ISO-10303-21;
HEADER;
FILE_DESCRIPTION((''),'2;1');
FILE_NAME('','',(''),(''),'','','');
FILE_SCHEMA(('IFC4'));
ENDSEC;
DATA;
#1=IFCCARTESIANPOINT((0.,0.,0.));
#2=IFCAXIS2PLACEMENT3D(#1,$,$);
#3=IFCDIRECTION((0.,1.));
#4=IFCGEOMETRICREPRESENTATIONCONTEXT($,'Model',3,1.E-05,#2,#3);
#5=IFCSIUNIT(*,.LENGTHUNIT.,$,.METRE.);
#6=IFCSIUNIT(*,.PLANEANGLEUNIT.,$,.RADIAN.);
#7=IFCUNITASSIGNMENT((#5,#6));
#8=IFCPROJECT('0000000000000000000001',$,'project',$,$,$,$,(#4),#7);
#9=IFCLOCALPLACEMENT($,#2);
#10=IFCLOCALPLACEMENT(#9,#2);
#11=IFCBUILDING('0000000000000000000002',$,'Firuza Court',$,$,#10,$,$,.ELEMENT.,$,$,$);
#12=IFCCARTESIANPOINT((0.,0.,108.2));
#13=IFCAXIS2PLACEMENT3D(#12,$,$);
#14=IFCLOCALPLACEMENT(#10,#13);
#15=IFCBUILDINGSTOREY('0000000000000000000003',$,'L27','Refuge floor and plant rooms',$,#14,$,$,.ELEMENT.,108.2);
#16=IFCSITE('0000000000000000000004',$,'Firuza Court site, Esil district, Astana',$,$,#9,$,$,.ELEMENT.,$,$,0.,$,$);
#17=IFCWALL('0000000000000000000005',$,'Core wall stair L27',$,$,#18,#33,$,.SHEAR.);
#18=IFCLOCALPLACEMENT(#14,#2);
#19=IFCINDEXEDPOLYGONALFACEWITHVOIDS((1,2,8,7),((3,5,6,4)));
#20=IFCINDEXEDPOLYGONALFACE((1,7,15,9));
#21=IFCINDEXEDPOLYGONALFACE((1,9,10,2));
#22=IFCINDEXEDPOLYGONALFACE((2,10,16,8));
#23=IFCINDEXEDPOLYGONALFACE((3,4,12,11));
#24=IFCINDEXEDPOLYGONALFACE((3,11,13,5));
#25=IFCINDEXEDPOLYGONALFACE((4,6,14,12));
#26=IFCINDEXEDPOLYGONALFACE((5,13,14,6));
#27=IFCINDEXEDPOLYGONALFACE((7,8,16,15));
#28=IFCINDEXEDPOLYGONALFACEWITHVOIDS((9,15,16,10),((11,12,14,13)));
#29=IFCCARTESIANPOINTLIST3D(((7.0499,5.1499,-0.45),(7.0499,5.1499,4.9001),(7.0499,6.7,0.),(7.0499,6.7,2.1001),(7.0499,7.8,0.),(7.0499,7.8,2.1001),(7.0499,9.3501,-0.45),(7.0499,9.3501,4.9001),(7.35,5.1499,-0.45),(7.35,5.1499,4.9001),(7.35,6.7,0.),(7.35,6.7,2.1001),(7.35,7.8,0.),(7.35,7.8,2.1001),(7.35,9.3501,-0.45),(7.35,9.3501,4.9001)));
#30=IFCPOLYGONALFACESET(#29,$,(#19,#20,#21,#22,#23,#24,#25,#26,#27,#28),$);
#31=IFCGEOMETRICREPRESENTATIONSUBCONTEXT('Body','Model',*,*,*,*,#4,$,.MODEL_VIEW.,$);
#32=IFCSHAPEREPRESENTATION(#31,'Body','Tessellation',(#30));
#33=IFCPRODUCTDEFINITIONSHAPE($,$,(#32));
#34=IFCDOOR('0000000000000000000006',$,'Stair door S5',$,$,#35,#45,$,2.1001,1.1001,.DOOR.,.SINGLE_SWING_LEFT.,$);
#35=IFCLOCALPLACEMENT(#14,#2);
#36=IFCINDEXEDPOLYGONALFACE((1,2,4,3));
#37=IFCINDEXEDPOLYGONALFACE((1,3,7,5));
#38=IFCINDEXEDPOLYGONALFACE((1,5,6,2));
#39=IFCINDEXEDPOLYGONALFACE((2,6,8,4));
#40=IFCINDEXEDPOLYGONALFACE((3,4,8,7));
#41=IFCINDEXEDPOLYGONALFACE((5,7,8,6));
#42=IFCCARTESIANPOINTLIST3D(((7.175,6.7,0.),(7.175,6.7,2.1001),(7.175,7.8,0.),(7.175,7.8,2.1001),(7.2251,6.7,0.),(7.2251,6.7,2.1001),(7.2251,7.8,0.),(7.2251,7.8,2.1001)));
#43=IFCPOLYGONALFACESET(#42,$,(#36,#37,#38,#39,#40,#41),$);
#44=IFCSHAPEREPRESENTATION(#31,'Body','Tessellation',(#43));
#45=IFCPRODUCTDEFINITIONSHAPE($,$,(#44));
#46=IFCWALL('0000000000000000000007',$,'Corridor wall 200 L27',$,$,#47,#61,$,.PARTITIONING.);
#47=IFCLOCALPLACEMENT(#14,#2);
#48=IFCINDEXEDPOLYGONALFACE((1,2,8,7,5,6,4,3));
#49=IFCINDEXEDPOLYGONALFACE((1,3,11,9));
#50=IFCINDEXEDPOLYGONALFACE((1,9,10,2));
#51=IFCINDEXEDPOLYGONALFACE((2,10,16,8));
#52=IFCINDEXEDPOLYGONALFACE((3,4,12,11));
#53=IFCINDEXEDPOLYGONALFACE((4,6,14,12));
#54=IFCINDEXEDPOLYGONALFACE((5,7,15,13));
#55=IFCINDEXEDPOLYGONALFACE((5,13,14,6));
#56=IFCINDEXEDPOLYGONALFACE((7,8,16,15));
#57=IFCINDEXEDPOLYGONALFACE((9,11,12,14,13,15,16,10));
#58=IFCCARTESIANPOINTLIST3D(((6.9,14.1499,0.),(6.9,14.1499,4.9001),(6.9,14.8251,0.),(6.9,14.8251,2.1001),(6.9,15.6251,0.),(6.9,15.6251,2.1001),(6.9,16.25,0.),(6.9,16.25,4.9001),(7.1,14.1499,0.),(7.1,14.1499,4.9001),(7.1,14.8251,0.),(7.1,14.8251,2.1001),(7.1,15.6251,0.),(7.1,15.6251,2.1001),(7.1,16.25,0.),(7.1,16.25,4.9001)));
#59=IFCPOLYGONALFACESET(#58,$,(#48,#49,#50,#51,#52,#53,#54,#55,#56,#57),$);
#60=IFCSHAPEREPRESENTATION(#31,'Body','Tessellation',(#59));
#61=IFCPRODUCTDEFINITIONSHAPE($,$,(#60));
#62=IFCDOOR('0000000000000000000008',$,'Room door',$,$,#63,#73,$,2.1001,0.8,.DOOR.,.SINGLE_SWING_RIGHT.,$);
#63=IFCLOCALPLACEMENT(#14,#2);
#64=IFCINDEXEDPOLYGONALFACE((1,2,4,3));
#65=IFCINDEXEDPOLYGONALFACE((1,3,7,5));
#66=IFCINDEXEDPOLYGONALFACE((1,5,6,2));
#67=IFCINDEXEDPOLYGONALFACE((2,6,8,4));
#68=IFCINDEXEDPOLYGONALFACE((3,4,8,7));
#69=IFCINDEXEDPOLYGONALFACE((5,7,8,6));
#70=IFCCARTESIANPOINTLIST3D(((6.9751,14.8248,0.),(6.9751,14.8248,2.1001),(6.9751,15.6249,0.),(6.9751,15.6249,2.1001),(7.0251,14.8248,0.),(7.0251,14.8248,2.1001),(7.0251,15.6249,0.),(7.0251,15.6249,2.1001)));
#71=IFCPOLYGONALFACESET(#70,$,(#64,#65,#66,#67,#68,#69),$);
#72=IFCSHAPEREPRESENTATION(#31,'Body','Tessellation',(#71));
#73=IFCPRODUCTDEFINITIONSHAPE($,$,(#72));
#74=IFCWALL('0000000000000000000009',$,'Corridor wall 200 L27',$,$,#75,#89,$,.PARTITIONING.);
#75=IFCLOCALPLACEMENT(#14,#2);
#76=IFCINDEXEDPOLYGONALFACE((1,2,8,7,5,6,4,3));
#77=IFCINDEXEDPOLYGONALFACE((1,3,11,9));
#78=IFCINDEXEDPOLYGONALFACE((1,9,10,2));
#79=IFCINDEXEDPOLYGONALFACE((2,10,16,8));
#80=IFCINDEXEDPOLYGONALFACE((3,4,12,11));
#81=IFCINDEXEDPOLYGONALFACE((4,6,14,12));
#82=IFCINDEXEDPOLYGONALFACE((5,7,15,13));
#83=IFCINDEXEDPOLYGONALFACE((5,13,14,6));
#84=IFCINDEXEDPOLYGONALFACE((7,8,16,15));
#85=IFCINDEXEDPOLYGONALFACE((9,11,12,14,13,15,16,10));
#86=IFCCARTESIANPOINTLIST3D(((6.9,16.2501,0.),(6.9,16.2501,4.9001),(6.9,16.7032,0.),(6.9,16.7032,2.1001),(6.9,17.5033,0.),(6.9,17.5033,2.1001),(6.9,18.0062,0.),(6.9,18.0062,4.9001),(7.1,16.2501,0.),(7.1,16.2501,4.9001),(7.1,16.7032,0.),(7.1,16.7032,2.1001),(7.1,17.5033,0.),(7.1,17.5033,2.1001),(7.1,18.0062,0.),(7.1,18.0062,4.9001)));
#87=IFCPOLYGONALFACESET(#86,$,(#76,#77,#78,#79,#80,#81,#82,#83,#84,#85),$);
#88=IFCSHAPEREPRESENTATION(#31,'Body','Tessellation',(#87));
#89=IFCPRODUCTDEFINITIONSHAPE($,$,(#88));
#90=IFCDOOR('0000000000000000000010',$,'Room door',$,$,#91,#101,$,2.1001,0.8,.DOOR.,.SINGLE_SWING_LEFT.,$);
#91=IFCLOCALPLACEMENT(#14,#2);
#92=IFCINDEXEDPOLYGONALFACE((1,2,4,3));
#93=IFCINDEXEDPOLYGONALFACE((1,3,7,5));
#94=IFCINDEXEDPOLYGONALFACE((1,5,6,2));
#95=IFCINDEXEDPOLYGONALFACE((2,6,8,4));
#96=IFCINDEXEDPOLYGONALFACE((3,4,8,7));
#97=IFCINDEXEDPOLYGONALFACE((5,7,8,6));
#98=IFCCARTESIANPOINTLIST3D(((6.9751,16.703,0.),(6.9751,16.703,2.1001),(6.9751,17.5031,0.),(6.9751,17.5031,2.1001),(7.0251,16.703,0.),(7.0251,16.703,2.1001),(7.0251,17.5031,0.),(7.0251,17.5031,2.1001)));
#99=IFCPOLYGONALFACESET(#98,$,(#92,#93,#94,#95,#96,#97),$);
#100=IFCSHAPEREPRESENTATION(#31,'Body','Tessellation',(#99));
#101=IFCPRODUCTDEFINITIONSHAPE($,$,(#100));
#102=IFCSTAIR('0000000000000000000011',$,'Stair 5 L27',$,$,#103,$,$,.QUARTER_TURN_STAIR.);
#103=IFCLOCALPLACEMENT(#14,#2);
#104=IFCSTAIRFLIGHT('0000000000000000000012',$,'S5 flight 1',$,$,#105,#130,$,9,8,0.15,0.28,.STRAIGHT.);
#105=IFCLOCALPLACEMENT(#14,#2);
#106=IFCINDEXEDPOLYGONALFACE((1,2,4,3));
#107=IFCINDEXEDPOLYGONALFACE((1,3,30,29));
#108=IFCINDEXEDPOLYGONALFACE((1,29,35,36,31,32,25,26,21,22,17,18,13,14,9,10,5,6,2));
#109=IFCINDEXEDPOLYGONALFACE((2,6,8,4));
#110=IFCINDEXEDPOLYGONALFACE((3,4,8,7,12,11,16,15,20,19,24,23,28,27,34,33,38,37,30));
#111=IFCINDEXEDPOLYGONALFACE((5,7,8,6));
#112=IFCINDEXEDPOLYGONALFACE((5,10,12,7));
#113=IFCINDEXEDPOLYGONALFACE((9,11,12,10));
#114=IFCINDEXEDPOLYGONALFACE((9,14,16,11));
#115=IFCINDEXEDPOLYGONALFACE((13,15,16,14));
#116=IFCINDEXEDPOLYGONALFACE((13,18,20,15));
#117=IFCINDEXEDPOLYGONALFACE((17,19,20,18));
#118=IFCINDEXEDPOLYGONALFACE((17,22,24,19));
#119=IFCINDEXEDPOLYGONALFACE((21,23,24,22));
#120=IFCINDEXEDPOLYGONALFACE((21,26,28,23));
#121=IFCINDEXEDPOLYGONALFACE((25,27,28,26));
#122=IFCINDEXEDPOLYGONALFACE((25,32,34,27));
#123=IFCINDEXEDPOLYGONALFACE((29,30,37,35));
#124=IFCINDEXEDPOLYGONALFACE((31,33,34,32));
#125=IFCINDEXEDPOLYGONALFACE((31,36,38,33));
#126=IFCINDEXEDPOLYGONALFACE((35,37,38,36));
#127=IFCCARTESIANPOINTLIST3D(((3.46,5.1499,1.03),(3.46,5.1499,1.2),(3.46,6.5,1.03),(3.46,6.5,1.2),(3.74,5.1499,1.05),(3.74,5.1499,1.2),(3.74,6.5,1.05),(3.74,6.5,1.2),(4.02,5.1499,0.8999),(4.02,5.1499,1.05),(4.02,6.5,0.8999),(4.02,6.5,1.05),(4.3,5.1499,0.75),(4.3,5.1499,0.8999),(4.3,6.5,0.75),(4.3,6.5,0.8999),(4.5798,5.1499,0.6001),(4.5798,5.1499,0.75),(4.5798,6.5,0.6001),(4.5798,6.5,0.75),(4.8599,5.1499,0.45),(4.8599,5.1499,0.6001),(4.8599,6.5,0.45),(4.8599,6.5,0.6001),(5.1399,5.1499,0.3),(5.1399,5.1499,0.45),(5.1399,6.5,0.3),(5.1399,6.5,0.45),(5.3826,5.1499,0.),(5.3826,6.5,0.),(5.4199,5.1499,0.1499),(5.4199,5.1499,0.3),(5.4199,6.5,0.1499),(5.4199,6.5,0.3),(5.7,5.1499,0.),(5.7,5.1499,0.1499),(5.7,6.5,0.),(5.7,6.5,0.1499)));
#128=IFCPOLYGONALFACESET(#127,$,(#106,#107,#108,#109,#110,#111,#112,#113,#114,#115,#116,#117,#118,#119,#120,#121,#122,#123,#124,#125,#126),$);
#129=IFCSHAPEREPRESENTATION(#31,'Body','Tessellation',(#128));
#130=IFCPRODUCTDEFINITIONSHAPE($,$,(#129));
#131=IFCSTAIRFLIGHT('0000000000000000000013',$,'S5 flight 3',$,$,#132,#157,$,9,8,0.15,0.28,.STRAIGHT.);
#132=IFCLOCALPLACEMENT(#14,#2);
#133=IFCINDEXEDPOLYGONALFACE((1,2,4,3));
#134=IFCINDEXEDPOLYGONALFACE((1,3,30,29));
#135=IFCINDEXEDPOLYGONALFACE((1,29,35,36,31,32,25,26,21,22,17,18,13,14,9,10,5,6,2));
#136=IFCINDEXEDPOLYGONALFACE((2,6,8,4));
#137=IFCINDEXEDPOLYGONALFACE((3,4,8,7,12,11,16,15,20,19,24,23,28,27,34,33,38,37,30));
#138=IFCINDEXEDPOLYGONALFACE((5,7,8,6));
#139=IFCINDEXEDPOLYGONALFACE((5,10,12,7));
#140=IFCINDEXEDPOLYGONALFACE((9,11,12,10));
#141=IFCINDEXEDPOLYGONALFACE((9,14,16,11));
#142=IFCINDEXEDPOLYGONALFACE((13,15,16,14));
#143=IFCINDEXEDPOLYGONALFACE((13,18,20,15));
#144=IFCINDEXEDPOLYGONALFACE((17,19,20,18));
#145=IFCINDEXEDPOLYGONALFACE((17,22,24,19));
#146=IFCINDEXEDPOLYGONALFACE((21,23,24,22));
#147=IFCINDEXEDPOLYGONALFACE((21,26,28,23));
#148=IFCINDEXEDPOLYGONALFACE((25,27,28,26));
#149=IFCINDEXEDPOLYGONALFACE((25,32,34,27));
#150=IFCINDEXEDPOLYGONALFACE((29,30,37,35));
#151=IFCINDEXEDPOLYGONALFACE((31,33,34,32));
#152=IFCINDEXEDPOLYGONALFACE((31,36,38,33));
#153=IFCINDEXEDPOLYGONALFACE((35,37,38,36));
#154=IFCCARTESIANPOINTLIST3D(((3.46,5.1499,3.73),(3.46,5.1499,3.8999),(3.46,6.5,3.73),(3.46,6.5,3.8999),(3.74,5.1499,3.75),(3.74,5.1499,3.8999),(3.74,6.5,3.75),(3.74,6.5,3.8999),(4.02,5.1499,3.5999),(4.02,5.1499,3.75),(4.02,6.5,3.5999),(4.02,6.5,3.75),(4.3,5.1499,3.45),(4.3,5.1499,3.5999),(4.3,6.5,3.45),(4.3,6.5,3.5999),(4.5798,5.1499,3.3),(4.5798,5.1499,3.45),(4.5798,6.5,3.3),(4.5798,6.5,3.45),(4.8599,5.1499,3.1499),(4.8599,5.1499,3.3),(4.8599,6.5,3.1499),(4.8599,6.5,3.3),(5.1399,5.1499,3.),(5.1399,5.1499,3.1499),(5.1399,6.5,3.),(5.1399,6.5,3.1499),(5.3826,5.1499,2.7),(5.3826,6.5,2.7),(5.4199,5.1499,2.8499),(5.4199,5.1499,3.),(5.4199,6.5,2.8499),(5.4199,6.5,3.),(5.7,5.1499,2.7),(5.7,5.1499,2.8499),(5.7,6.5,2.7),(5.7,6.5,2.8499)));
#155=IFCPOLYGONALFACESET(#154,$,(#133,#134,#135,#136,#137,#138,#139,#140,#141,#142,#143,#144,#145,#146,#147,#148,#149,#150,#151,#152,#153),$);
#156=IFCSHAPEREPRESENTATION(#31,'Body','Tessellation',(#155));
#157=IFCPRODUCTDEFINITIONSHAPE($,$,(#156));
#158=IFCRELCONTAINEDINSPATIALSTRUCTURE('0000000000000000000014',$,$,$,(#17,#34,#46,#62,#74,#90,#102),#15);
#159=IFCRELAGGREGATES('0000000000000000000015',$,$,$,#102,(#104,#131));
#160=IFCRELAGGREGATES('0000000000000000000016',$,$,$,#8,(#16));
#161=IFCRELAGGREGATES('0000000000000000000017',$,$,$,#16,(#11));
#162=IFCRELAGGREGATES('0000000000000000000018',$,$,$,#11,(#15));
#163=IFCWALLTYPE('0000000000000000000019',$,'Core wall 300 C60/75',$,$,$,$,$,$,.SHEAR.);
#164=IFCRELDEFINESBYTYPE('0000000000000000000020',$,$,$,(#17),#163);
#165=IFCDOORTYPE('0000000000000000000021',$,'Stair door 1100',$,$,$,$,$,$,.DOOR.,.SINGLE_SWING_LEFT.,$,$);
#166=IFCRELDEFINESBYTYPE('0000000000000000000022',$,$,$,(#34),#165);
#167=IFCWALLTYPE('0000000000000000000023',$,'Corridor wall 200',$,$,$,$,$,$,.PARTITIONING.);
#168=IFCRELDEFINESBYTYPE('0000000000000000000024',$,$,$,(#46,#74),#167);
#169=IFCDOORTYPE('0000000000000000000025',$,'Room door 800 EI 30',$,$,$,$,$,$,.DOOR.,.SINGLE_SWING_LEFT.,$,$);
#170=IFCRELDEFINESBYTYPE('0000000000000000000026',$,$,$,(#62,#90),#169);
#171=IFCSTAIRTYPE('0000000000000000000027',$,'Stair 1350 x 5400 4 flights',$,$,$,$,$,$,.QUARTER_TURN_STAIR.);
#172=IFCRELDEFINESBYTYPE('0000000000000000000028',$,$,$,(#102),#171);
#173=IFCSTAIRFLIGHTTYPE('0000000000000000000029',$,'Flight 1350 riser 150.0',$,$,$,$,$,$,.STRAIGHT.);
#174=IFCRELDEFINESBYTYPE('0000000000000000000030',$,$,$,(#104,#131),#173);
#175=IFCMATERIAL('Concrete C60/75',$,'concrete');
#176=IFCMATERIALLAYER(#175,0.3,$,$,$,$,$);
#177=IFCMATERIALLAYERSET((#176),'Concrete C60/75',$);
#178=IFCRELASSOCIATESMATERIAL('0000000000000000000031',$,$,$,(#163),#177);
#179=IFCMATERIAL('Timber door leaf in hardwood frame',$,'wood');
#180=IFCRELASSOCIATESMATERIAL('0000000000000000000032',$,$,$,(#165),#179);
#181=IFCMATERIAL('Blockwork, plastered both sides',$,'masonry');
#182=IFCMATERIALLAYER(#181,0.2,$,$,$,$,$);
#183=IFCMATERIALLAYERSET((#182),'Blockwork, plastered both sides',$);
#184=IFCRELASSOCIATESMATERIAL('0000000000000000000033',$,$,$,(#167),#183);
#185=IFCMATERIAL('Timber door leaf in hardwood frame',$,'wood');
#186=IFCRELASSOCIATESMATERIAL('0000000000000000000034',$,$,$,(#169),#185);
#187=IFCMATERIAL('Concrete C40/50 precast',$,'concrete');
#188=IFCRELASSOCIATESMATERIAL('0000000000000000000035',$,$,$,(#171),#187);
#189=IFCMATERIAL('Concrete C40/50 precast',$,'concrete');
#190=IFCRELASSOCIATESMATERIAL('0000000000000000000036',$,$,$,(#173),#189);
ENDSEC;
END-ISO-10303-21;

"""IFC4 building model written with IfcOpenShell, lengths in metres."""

from ifc_helpers import new_model, si_unit, direction, frame, frame_2d, origin, place, context, subcontext, project, spatial, polyline, rectangle, outline, extrude, material, layer, layer_set, type_object, element, fill, aggregate, save


model = new_model("IFC4")

# Units and contexts
model_context = context("Model", 3, precision=1e-05, world=origin(), true_north=direction((0.0, 1.0)))
body_context = subcontext(model_context, "Body", "Model", "MODEL_VIEW")
ifc_project = project(units=[si_unit("LENGTHUNIT", "METRE"), si_unit("PLANEANGLEUNIT", "RADIAN")], contexts=[model_context])

# Site, building, storey
site_placement = place(None, origin())
site = spatial("IfcSite", under=ifc_project, at=site_placement, Name="Firuza Court site, Esil district, Astana", CompositionType="ELEMENT", RefElevation=0.0)
building_placement = place(site_placement, origin())
building = spatial("IfcBuilding", under=site, at=building_placement, Name="Firuza Court", CompositionType="ELEMENT")
storey_placement = place(building_placement, frame((0.0, 0.0, 108.2)))
storey = spatial("IfcBuildingStorey", under=building, at=storey_placement, Name="L27", Description="Refuge floor and plant rooms", CompositionType="ELEMENT", Elevation=108.2)

# Walls, openings, doors
ifc_material_1 = material(Name="Concrete C60/75", Category="concrete")
ifc_layer_1 = layer(ifc_material_1, 0.3)
ifc_layer_set_1 = layer_set([ifc_layer_1], Name="Concrete C60/75")
wall_type_1 = type_object("IfcWallType", Name="Core wall 300 C60/75", PredefinedType="SHEAR", material=ifc_layer_set_1)
wall_1_placement = place(storey_placement, frame((7.2, 5.1499, -0.45), z_axis=(0.0, 0.0, 1.0), x_axis=(0.0, 1.0, 0.0)))
wall_1 = element("IfcWall", 1, at=wall_1_placement, inside=storey, type_object=wall_type_1, Name="Core wall stair L27", PredefinedType="SHEAR", context=body_context, shape_type="SweptSolid", body=[
    extrude(rectangle(XDim=4.2002, YDim=0.3, at=frame_2d((2.1001, 0.0))), origin(), (0.0, 0.0, 1.0), 5.3501),
])
opening_1_placement = place(wall_1_placement, frame((1.55, 0.0, 0.45)))
opening_1 = element("IfcOpeningElement", 2, at=opening_1_placement, cuts=wall_1, PredefinedType="OPENING", context=body_context, shape_type="SweptSolid", body=[
    extrude(rectangle(XDim=1.1001, YDim=2.1001, at=frame_2d((0.55, 1.05))), frame((0.0, 0.1621, 0.0), z_axis=(0.0, -1.0, 0.0), x_axis=(1.0, 0.0, 0.0)), (0.0, 0.0, 1.0), 0.324),
])
ifc_material_2 = material(Name="Timber door leaf in hardwood frame", Category="wood")
door_type_1 = type_object("IfcDoorType", Name="Stair door 1100", OperationType="SINGLE_SWING_LEFT", PredefinedType="DOOR", material=ifc_material_2)
door_1_placement = place(opening_1_placement, origin())
door_1 = element("IfcDoor", 3, at=door_1_placement, inside=storey, type_object=door_type_1, Name="Stair door S5", OperationType="SINGLE_SWING_LEFT", OverallHeight=2.1001, OverallWidth=1.1001, PredefinedType="DOOR", context=body_context, shape_type="SweptSolid", body=[
    extrude(rectangle(XDim=1.1001, YDim=2.1001, at=frame_2d((0.55, 1.05))), frame((0.0, 0.0249, 0.0), z_axis=(0.0, -1.0, 0.0), x_axis=(1.0, 0.0, 0.0)), (0.0, 0.0, 1.0), 0.05),
])
fill(opening_1, door_1)
ifc_material_3 = material(Name="Blockwork, plastered both sides", Category="masonry")
ifc_layer_2 = layer(ifc_material_3, 0.2)
ifc_layer_set_2 = layer_set([ifc_layer_2], Name="Blockwork, plastered both sides")
wall_type_2 = type_object("IfcWallType", Name="Corridor wall 200", PredefinedType="PARTITIONING", material=ifc_layer_set_2)
wall_2_placement = place(storey_placement, frame((7.0, 16.25, 0.0), z_axis=(0.0, 0.0, 1.0), x_axis=(0.0, -1.0, 0.0)))
wall_2 = element("IfcWall", 4, at=wall_2_placement, inside=storey, type_object=wall_type_2, Name="Corridor wall 200 L27", PredefinedType="PARTITIONING", context=body_context, shape_type="SweptSolid", body=[
    extrude(rectangle(XDim=2.1001, YDim=0.2, at=frame_2d((1.05, 0.0))), origin(), (0.0, 0.0, 1.0), 4.9001),
])
opening_2_placement = place(wall_2_placement, frame((0.625, 0.0, 0.0)))
opening_2 = element("IfcOpeningElement", 5, at=opening_2_placement, cuts=wall_2, PredefinedType="OPENING", context=body_context, shape_type="SweptSolid", body=[
    extrude(rectangle(XDim=0.8, YDim=2.1001, at=frame_2d((0.3999, 1.05))), frame((0.0, 0.1118, 0.0), z_axis=(0.0, -1.0, 0.0), x_axis=(1.0, 0.0, 0.0)), (0.0, 0.0, 1.0), 0.2239),
])
ifc_material_4 = material(Name="Timber door leaf in hardwood frame", Category="wood")
door_type_2 = type_object("IfcDoorType", Name="Room door 800 EI 30", OperationType="SINGLE_SWING_LEFT", PredefinedType="DOOR", material=ifc_material_4)
door_2_placement = place(opening_2_placement, frame((0.8, 0.0, 0.0), z_axis=(0.0, 0.0, 1.0), x_axis=(-1.0, 0.0, 0.0)))
door_2 = element("IfcDoor", 6, at=door_2_placement, inside=storey, type_object=door_type_2, Name="Room door", OperationType="SINGLE_SWING_RIGHT", OverallHeight=2.1001, OverallWidth=0.8, PredefinedType="DOOR", context=body_context, shape_type="SweptSolid", body=[
    extrude(rectangle(XDim=0.8, YDim=2.1001, at=frame_2d((0.3999, 1.05))), frame((0.0, 0.0249, 0.0), z_axis=(0.0, -1.0, 0.0), x_axis=(1.0, 0.0, 0.0)), (0.0, 0.0, 1.0), 0.05),
])
fill(opening_2, door_2)
wall_3_placement = place(storey_placement, frame((7.0, 18.0061, 0.0), z_axis=(0.0, 0.0, 1.0), x_axis=(0.0, -1.0, 0.0)))
wall_3 = element("IfcWall", 7, at=wall_3_placement, inside=storey, type_object=wall_type_2, Name="Corridor wall 200 L27", PredefinedType="PARTITIONING", context=body_context, shape_type="SweptSolid", body=[
    extrude(rectangle(XDim=1.7561, YDim=0.2, at=frame_2d((0.8779, 0.0))), origin(), (0.0, 0.0, 1.0), 4.9001),
])
opening_3_placement = place(wall_3_placement, frame((0.5029, 0.0, 0.0)))
opening_3 = element("IfcOpeningElement", 8, at=opening_3_placement, cuts=wall_3, PredefinedType="OPENING", context=body_context, shape_type="SweptSolid", body=[
    extrude(rectangle(XDim=0.8, YDim=2.1001, at=frame_2d((0.3999, 1.05))), frame((0.0, 0.1118, 0.0), z_axis=(0.0, -1.0, 0.0), x_axis=(1.0, 0.0, 0.0)), (0.0, 0.0, 1.0), 0.2239),
])
door_3_placement = place(opening_3_placement, frame((0.8, 0.0, 0.0), z_axis=(0.0, 0.0, 1.0), x_axis=(-1.0, 0.0, 0.0)))
door_3 = element("IfcDoor", 9, at=door_3_placement, inside=storey, type_object=door_type_2, Name="Room door", OperationType="SINGLE_SWING_LEFT", OverallHeight=2.1001, OverallWidth=0.8, PredefinedType="DOOR", context=body_context, shape_type="SweptSolid", body=[
    extrude(rectangle(XDim=0.8, YDim=2.1001, at=frame_2d((0.3999, 1.05))), frame((0.0, 0.0249, 0.0), z_axis=(0.0, -1.0, 0.0), x_axis=(1.0, 0.0, 0.0)), (0.0, 0.0, 1.0), 0.05),
])
fill(opening_3, door_3)

# Stair, stair flights
ifc_material_5 = material(Name="Concrete C40/50 precast", Category="concrete")
stair_type = type_object("IfcStairType", Name="Stair 1350 x 5400 4 flights", PredefinedType="QUARTER_TURN_STAIR", material=ifc_material_5)
stair_placement = place(storey_placement, origin())
stair = element("IfcStair", 10, at=stair_placement, inside=storey, type_object=stair_type, Name="Stair 5 L27", PredefinedType="QUARTER_TURN_STAIR")
ifc_material_6 = material(Name="Concrete C40/50 precast", Category="concrete")
stair_flight_type = type_object("IfcStairFlightType", Name="Flight 1350 riser 150.0", PredefinedType="STRAIGHT", material=ifc_material_6)
stair_flight_1_placement = place(storey_placement, frame((5.7, 5.825, 0.0), z_axis=(0.0, 0.0, 1.0), x_axis=(-1.0, 0.0, 0.0)))
stair_flight_1 = element("IfcStairFlight", 11, at=stair_flight_1_placement, type_object=stair_flight_type, Name="S5 flight 1", NumberOfRisers=9, NumberOfTreads=8, PredefinedType="STRAIGHT", RiserHeight=0.15, TreadLength=0.28, context=body_context, shape_type="SweptSolid", body=[
    extrude(outline(polyline([(0.0, 0.0), (0.0, 0.1499), (0.28, 0.1499), (0.28, 0.3), (0.5601, 0.3), (0.5601, 0.45), (0.8401, 0.45), (0.8401, 0.6001), (1.1201, 0.6001), (1.1201, 0.75), (1.3999, 0.75), (1.3999, 0.8999), (1.6799, 0.8999), (1.6799, 1.05), (1.96, 1.05), (1.96, 1.2), (2.24, 1.2), (2.24, 1.3501), (2.24, 1.03), (0.3174, 0.0), (0.0, 0.0)])), frame((0.0, 0.675, 0.0), z_axis=(0.0, -1.0, 0.0), x_axis=(1.0, 0.0, 0.0)), (0.0, 0.0, 1.0), 1.3501),
])
stair_flight_2_placement = place(storey_placement, frame((5.7, 5.825, 2.7), z_axis=(0.0, 0.0, 1.0), x_axis=(-1.0, 0.0, 0.0)))
stair_flight_2 = element("IfcStairFlight", 12, at=stair_flight_2_placement, type_object=stair_flight_type, Name="S5 flight 3", NumberOfRisers=9, NumberOfTreads=8, PredefinedType="STRAIGHT", RiserHeight=0.15, TreadLength=0.28, context=body_context, shape_type="SweptSolid", body=[
    extrude(outline(polyline([(0.0, 0.0), (0.0, 0.1499), (0.28, 0.1499), (0.28, 0.3), (0.5601, 0.3), (0.5601, 0.45), (0.8401, 0.45), (0.8401, 0.6001), (1.1201, 0.6001), (1.1201, 0.75), (1.3999, 0.75), (1.3999, 0.8999), (1.6799, 0.8999), (1.6799, 1.05), (1.96, 1.05), (1.96, 1.2), (2.24, 1.2), (2.24, 1.3501), (2.24, 1.03), (0.3174, 0.0), (0.0, 0.0)])), frame((0.0, 0.675, 0.0), z_axis=(0.0, -1.0, 0.0), x_axis=(1.0, 0.0, 0.0)), (0.0, 0.0, 1.0), 1.3501),
])
aggregate(stair, [stair_flight_1, stair_flight_2])

save(model, "model.ifc")
